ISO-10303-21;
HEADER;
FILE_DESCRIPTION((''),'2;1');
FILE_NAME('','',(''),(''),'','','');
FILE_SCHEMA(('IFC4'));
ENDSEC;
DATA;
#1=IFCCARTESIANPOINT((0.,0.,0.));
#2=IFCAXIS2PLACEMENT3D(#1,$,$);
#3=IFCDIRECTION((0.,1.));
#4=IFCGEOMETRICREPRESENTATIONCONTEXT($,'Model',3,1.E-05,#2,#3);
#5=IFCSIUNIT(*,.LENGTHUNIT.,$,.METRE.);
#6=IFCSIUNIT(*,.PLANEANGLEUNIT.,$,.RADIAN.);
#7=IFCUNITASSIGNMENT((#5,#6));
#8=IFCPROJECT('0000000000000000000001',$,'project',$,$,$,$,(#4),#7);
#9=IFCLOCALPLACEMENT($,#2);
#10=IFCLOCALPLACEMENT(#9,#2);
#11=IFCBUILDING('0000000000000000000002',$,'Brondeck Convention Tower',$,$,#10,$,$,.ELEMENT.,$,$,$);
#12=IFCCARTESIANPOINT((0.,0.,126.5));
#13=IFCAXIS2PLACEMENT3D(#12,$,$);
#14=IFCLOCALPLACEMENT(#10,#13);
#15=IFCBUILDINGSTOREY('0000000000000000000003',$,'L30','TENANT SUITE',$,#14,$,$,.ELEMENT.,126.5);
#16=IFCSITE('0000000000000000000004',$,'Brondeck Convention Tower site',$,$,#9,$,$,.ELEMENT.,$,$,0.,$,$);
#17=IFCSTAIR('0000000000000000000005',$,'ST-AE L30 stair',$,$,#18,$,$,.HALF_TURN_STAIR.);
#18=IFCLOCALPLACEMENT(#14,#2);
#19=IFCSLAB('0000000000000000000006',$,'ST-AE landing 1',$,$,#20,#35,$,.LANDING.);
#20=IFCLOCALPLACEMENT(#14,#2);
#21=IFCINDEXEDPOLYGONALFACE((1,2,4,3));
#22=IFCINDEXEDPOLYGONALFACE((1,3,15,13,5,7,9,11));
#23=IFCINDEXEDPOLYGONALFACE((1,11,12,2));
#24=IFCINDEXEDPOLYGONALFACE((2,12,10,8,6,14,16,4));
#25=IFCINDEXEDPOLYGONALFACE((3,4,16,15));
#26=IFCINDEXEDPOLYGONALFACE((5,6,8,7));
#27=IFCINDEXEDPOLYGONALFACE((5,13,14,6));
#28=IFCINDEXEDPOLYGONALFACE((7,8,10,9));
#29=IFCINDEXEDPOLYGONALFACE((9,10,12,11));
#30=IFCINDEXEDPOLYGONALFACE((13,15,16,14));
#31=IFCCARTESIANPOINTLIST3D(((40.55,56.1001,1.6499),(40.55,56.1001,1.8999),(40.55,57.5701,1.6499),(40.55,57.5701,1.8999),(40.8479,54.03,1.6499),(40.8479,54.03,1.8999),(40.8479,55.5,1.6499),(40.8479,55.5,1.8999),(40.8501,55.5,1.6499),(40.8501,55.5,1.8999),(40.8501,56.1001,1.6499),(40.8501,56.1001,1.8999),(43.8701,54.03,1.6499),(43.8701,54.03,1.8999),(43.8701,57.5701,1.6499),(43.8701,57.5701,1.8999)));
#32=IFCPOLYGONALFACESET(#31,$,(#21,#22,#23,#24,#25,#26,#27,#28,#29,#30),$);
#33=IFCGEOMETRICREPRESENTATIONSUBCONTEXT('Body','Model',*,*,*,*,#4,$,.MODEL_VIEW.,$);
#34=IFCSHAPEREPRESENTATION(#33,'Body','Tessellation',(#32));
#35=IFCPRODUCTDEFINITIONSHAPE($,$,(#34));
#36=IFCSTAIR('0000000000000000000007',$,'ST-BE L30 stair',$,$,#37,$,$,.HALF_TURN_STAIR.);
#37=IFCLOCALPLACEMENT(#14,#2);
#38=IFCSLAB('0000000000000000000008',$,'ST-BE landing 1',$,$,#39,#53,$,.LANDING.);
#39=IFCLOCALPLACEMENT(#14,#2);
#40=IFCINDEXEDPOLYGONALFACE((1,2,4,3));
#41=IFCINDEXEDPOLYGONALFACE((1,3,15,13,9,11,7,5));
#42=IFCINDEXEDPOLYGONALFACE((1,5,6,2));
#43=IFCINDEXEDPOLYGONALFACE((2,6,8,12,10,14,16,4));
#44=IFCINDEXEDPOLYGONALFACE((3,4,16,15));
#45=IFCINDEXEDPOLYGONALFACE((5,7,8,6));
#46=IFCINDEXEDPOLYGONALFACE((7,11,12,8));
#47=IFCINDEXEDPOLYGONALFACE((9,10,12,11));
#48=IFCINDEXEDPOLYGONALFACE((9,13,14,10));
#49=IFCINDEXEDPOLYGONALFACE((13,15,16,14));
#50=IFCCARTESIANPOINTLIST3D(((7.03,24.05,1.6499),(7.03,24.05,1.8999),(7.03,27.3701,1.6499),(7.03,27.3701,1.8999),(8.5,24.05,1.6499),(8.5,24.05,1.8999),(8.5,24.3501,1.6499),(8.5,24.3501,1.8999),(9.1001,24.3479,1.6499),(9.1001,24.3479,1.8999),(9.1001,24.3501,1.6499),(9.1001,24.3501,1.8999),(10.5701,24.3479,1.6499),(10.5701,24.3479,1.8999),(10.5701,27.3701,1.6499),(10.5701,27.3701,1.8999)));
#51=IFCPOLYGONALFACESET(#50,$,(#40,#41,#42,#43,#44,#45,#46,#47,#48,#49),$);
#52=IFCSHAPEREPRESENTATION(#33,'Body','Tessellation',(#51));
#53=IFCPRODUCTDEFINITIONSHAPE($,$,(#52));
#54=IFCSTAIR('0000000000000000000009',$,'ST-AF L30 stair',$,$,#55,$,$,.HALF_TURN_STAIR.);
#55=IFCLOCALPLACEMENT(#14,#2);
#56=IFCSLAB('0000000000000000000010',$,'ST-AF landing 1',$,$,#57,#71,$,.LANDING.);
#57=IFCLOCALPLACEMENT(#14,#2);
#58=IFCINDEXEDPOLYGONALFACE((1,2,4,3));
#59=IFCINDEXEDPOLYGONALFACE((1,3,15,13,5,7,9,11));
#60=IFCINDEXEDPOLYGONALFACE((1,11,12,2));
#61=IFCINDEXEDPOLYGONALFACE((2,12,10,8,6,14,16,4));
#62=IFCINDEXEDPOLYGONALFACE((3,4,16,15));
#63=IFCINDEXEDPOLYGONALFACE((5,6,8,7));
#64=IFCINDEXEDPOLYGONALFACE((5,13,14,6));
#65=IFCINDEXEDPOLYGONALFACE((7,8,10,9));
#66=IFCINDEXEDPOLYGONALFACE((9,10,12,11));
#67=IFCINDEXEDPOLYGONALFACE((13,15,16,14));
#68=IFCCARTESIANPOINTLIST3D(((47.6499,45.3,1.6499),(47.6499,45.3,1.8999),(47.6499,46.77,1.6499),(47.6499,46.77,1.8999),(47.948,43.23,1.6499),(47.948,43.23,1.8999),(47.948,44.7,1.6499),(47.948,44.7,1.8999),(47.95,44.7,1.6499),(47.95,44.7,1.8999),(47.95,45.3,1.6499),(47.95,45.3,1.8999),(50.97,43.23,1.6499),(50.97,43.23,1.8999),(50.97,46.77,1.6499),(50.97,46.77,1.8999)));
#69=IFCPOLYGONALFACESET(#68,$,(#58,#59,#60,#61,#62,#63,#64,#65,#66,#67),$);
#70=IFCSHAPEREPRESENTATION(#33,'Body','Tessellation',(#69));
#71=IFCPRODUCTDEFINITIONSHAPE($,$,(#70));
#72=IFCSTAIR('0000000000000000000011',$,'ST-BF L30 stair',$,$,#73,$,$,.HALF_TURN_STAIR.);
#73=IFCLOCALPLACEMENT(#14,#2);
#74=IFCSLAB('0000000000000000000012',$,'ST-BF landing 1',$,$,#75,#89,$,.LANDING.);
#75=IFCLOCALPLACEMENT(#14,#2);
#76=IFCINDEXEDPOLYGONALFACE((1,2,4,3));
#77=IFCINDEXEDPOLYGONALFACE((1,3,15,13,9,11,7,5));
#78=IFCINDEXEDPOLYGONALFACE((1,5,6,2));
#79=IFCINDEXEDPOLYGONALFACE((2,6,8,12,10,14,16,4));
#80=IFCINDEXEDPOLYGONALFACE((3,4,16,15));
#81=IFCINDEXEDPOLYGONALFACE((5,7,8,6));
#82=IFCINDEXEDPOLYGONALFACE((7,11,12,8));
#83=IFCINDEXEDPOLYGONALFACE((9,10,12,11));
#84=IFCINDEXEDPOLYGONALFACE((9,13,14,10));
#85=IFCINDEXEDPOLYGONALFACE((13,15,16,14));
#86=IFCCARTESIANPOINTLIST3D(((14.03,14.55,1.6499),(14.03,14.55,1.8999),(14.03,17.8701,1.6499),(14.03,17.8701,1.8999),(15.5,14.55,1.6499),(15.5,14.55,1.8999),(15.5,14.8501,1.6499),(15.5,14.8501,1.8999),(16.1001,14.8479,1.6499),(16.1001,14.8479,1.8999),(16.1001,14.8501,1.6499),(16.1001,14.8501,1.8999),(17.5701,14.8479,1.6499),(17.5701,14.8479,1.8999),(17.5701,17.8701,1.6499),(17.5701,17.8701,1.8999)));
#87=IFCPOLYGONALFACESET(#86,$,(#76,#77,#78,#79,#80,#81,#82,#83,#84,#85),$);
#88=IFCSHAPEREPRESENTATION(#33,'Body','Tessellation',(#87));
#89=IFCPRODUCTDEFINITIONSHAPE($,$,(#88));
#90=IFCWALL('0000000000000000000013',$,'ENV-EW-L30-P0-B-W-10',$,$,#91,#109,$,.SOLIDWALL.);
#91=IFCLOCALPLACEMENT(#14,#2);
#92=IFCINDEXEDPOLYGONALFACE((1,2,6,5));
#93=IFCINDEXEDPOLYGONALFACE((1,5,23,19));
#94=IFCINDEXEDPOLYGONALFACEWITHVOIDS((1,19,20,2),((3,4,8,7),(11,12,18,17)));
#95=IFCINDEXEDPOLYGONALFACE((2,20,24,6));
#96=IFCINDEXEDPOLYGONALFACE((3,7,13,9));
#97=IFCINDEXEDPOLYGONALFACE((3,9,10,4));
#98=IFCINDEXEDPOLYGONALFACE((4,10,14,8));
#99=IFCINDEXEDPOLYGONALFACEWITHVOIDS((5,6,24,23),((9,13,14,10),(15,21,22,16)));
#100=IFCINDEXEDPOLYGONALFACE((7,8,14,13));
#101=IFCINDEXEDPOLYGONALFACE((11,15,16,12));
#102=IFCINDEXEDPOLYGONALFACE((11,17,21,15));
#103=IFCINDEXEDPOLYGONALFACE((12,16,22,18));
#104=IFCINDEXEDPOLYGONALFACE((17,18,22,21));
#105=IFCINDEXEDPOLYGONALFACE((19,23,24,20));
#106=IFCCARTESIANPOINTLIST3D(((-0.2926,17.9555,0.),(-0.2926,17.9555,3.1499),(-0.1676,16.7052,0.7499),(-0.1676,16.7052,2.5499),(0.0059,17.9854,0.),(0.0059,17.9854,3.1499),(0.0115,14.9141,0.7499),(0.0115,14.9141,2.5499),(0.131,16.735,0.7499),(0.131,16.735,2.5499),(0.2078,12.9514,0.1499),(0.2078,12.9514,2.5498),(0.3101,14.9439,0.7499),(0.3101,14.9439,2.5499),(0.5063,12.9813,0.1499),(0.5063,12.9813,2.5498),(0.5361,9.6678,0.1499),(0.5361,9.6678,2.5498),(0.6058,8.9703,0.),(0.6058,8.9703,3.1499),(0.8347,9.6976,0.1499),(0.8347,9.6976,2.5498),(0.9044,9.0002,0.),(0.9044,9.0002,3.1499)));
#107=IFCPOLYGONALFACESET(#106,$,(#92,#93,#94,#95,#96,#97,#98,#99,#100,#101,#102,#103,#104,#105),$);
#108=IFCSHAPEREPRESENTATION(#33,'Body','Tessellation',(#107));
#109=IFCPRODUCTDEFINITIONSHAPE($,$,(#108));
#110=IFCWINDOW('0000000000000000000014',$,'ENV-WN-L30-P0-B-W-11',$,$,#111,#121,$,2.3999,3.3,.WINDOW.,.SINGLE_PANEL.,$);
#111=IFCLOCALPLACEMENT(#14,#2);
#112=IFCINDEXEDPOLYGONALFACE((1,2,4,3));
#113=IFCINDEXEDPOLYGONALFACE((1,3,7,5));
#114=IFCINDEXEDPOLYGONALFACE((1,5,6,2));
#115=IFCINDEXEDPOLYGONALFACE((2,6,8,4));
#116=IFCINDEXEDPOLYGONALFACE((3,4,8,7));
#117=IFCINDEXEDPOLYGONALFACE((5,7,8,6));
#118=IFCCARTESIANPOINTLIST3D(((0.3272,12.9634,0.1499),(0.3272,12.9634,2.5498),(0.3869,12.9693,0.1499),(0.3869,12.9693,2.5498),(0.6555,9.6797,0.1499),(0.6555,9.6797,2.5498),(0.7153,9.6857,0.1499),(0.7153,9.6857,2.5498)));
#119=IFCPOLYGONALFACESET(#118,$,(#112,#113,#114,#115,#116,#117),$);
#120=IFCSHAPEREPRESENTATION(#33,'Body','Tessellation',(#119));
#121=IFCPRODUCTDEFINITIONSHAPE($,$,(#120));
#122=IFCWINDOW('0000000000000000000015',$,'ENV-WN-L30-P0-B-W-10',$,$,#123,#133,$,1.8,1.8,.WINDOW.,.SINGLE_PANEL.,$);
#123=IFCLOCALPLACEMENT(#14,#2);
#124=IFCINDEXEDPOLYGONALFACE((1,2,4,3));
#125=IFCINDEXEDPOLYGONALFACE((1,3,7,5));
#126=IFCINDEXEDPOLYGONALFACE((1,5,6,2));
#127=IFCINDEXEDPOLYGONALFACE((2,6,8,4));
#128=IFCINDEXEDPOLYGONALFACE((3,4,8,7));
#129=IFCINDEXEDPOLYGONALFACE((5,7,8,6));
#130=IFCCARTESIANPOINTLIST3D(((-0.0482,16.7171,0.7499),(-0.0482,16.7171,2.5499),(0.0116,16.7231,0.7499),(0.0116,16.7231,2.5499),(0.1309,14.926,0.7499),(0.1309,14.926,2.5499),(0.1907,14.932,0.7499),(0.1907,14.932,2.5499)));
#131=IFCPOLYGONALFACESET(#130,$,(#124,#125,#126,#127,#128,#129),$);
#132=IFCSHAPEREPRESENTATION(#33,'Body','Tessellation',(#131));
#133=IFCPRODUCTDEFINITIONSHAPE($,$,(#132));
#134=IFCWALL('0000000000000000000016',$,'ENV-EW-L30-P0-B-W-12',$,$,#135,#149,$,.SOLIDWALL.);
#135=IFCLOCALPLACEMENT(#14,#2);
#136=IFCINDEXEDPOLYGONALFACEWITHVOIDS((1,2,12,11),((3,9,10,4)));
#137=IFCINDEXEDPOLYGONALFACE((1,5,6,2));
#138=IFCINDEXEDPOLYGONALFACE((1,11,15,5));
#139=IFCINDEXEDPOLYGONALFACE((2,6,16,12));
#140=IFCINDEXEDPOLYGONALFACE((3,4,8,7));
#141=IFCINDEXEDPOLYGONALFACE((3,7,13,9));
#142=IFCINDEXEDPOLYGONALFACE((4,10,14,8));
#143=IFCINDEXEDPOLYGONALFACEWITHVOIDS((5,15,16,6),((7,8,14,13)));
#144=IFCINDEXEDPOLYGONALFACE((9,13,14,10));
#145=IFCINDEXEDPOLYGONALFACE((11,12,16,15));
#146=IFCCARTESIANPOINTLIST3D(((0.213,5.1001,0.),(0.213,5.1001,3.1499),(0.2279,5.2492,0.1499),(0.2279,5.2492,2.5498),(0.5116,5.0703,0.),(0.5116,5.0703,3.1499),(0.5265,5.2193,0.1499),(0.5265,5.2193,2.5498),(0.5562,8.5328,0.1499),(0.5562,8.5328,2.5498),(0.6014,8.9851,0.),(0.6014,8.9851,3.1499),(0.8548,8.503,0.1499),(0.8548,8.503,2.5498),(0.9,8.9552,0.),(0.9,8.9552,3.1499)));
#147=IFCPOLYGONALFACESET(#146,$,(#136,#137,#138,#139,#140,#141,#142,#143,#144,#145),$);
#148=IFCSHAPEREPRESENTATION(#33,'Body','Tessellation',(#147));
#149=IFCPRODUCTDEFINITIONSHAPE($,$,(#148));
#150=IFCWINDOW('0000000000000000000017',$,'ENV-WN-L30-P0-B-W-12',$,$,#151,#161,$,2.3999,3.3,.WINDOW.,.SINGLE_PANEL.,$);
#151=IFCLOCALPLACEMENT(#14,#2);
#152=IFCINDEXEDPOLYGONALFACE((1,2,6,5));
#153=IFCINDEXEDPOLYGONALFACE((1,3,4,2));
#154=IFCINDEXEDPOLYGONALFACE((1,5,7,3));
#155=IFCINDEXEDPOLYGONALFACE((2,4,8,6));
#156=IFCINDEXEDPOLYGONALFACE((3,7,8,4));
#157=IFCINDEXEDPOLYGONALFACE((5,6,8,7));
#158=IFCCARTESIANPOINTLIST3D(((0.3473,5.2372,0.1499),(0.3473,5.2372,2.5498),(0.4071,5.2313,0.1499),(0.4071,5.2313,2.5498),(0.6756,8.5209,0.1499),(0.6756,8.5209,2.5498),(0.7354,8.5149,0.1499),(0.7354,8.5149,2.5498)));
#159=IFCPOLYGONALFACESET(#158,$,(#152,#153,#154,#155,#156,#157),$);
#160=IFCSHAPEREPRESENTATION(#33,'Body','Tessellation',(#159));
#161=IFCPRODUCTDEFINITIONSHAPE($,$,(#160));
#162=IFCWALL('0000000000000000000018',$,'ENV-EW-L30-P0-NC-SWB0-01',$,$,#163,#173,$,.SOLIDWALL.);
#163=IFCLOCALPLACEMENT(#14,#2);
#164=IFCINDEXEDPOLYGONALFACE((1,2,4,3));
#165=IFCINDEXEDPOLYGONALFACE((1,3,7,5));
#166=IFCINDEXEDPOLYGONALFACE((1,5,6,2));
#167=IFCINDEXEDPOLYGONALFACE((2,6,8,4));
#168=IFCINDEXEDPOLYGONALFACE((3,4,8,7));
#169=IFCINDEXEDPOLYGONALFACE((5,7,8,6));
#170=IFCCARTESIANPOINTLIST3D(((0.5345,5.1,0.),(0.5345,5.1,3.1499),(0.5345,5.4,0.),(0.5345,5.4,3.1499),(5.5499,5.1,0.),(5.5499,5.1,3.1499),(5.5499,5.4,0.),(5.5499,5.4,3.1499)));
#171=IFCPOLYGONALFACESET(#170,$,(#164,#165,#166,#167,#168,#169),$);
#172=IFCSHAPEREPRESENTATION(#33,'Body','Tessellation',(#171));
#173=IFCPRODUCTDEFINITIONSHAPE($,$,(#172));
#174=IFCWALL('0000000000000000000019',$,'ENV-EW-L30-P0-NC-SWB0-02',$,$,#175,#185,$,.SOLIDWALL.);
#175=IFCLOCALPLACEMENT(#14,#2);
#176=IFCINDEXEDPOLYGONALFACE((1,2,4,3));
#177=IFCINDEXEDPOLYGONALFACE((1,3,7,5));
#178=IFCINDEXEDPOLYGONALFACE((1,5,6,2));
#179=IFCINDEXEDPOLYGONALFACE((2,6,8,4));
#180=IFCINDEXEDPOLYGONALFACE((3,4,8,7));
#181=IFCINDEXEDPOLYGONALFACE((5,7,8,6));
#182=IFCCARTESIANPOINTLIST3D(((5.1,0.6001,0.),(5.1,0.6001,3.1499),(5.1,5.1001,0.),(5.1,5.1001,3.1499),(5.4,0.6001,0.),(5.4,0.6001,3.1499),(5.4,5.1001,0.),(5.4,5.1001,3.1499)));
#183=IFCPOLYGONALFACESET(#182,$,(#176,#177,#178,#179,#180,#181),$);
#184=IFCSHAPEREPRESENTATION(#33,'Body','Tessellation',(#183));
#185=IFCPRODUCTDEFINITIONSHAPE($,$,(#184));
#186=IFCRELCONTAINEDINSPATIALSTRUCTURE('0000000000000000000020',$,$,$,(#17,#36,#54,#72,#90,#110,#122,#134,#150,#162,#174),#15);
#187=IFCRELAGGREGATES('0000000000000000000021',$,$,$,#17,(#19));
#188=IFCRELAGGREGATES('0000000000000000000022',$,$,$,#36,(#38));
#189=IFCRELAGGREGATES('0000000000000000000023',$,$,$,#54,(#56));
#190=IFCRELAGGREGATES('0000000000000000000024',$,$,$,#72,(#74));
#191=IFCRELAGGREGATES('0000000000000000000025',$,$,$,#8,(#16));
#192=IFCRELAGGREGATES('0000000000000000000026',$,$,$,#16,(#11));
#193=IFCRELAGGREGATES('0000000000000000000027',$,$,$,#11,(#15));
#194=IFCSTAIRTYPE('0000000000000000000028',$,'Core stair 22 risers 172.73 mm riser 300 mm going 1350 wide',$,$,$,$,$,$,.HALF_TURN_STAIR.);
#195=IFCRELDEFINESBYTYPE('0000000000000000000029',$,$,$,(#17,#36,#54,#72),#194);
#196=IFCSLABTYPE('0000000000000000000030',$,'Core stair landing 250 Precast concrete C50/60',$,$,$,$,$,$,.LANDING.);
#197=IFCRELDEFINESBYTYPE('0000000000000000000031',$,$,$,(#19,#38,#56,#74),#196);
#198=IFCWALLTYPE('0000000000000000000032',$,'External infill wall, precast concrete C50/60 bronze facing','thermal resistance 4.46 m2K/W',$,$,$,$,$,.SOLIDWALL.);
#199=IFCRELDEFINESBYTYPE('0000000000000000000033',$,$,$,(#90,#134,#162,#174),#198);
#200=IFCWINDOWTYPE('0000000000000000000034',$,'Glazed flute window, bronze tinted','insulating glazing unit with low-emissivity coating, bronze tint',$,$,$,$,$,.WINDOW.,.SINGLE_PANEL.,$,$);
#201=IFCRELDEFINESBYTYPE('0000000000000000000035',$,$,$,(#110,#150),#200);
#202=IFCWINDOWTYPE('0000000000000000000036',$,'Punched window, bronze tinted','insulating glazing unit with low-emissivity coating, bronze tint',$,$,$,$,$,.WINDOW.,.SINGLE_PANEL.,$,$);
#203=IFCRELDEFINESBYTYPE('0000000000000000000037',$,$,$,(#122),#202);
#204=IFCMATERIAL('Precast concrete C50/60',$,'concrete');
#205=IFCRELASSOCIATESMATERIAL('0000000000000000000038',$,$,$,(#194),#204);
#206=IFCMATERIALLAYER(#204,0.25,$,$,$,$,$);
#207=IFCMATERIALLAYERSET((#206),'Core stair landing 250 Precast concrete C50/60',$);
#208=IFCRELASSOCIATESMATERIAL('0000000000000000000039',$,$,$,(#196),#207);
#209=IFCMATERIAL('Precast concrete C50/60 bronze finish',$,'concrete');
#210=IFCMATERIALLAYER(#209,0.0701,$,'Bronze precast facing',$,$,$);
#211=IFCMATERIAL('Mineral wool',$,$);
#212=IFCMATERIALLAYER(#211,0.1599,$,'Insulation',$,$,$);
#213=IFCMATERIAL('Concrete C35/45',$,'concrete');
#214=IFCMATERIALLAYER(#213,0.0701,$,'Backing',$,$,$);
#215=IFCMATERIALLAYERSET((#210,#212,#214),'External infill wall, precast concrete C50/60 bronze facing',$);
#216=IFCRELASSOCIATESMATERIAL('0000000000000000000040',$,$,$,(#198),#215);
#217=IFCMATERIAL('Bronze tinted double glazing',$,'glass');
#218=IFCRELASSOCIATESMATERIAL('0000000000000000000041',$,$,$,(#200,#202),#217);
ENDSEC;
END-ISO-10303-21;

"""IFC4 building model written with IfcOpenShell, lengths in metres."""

from ifc_helpers import new_model, si_unit, direction, frame, frame_2d, origin, place, context, subcontext, project, spatial, polyline, rectangle, outline, extrude, material, layer, layer_set, type_object, element, fill, aggregate, save


model = new_model("IFC4")

# Units and contexts
model_context = context("Model", 3, precision=1e-05, world=origin(), true_north=direction((0.0, 1.0)))
body_context = subcontext(model_context, "Body", "Model", "MODEL_VIEW")
ifc_project = project(units=[si_unit("LENGTHUNIT", "METRE"), si_unit("PLANEANGLEUNIT", "RADIAN")], contexts=[model_context])

# Site, building, storey
site_placement = place(None, origin())
site = spatial("IfcSite", under=ifc_project, at=site_placement, Name="Brondeck Convention Tower site", CompositionType="ELEMENT", RefElevation=0.0)
building_placement = place(site_placement, origin())
building = spatial("IfcBuilding", under=site, at=building_placement, Name="Brondeck Convention Tower", CompositionType="ELEMENT")
storey_placement = place(building_placement, frame((0.0, 0.0, 126.5)))
storey = spatial("IfcBuildingStorey", under=building, at=storey_placement, Name="L30", Description="TENANT SUITE", CompositionType="ELEMENT", Elevation=126.5)

# Shared definitions
ifc_material_1 = material(Name="Concrete C35/45", Category="concrete")

# Stairs, slabs
ifc_material_2 = material(Name="Precast concrete C50/60", Category="concrete")
stair_type = type_object("IfcStairType", Name="Core stair 22 risers 172.73 mm riser 300 mm going 1350 wide", PredefinedType="HALF_TURN_STAIR", material=ifc_material_2)
ifc_layer_1 = layer(ifc_material_2, 0.25)
ifc_layer_set_1 = layer_set([ifc_layer_1], Name="Core stair landing 250 Precast concrete C50/60")
slab_type_1 = type_object("IfcSlabType", Name="Core stair landing 250 Precast concrete C50/60", PredefinedType="LANDING", material=ifc_layer_set_1)
stair_1_placement = place(storey_placement, origin())
stair_1 = element("IfcStair", 1, at=stair_1_placement, inside=storey, type_object=stair_type, Name="ST-AE L30 stair", PredefinedType="HALF_TURN_STAIR")
slab_1_placement = place(storey_placement, frame((0.0, 0.0, 1.6499)))
slab_1 = element("IfcSlab", 2, at=slab_1_placement, type_object=slab_type_1, Name="ST-AE landing 1", PredefinedType="LANDING", context=body_context, shape_type="SweptSolid", body=[
    extrude(outline(polyline([(40.8479, 55.5), (40.8501, 55.5), (40.8501, 56.1001), (40.55, 56.1001), (40.55, 57.5701), (43.8701, 57.5701), (43.8701, 54.03), (40.8479, 54.03), (40.8479, 55.5)])), origin(), (0.0, 0.0, 1.0), 0.25),
])
aggregate(stair_1, [slab_1])
stair_2_placement = place(storey_placement, origin())
stair_2 = element("IfcStair", 3, at=stair_2_placement, inside=storey, type_object=stair_type, Name="ST-BE L30 stair", PredefinedType="HALF_TURN_STAIR")
slab_2_placement = place(storey_placement, frame((0.0, 0.0, 1.6499)))
slab_2 = element("IfcSlab", 4, at=slab_2_placement, type_object=slab_type_1, Name="ST-BE landing 1", PredefinedType="LANDING", context=body_context, shape_type="SweptSolid", body=[
    extrude(outline(polyline([(7.03, 24.05), (7.03, 27.3701), (10.5701, 27.3701), (10.5701, 24.3479), (9.1001, 24.3479), (9.1001, 24.3501), (8.5, 24.3501), (8.5, 24.05), (7.03, 24.05)])), origin(), (0.0, 0.0, 1.0), 0.25),
])
aggregate(stair_2, [slab_2])
stair_3_placement = place(storey_placement, origin())
stair_3 = element("IfcStair", 5, at=stair_3_placement, inside=storey, type_object=stair_type, Name="ST-AF L30 stair", PredefinedType="HALF_TURN_STAIR")
slab_3_placement = place(storey_placement, frame((0.0, 0.0, 1.6499)))
slab_3 = element("IfcSlab", 6, at=slab_3_placement, type_object=slab_type_1, Name="ST-AF landing 1", PredefinedType="LANDING", context=body_context, shape_type="SweptSolid", body=[
    extrude(outline(polyline([(47.948, 44.7), (47.95, 44.7), (47.95, 45.3), (47.6499, 45.3), (47.6499, 46.77), (50.97, 46.77), (50.97, 43.23), (47.948, 43.23), (47.948, 44.7)])), origin(), (0.0, 0.0, 1.0), 0.25),
])
aggregate(stair_3, [slab_3])
stair_4_placement = place(storey_placement, origin())
stair_4 = element("IfcStair", 7, at=stair_4_placement, inside=storey, type_object=stair_type, Name="ST-BF L30 stair", PredefinedType="HALF_TURN_STAIR")
slab_4_placement = place(storey_placement, frame((0.0, 0.0, 1.6499)))
slab_4 = element("IfcSlab", 8, at=slab_4_placement, type_object=slab_type_1, Name="ST-BF landing 1", PredefinedType="LANDING", context=body_context, shape_type="SweptSolid", body=[
    extrude(outline(polyline([(14.03, 14.55), (14.03, 17.8701), (17.5701, 17.8701), (17.5701, 14.8479), (16.1001, 14.8479), (16.1001, 14.8501), (15.5, 14.8501), (15.5, 14.55), (14.03, 14.55)])), origin(), (0.0, 0.0, 1.0), 0.25),
])
aggregate(stair_4, [slab_4])

# Wall, openings, windows
ifc_material_3 = material(Name="Precast concrete C50/60 bronze finish", Category="concrete")
ifc_layer_2 = layer(ifc_material_3, 0.0701, Name="Bronze precast facing")
ifc_material_4 = material(Name="Mineral wool")
ifc_layer_3 = layer(ifc_material_4, 0.1599, Name="Insulation")
ifc_layer_4 = layer(ifc_material_1, 0.0701, Name="Backing")
ifc_layer_set_2 = layer_set([ifc_layer_2, ifc_layer_3, ifc_layer_4], Name="External infill wall, precast concrete C50/60 bronze facing")
wall_type = type_object("IfcWallType", Name="External infill wall, precast concrete C50/60 bronze facing", Description="thermal resistance 4.46 m2K/W", PredefinedType="SOLIDWALL", material=ifc_layer_set_2)
wall_1_placement = place(storey_placement, frame((0.7551, 8.9851, 0.0), z_axis=(0.0, 0.0, 1.0), x_axis=(-0.099496, 0.995038, 0.0)))
wall_1 = element("IfcWall", 9, at=wall_1_placement, inside=storey, type_object=wall_type, Name="ENV-EW-L30-P0-B-W-10", PredefinedType="SOLIDWALL", context=body_context, shape_type="SweptSolid", body=[
    extrude(rectangle(XDim=9.03, YDim=0.3, at=frame_2d((4.5151, 0.0))), origin(), (0.0, 0.0, 1.0), 3.1499),
])
opening_1_placement = place(wall_1_placement, frame((0.7012, 0.0, 0.1499)))
opening_1 = element("IfcOpeningElement", 10, at=opening_1_placement, cuts=wall_1, PredefinedType="OPENING", context=body_context, shape_type="SweptSolid", body=[
    extrude(rectangle(XDim=3.3, YDim=2.3999, at=frame_2d((1.6499, 1.2))), frame((0.0, 0.1599, 0.0), z_axis=(0.0, -1.0, 0.0), x_axis=(1.0, 0.0, 0.0)), (0.0, 0.0, 1.0), 0.3201),
])
opening_2_placement = place(wall_1_placement, frame((5.9736, 0.0, 0.75)))
opening_2 = element("IfcOpeningElement", 11, at=opening_2_placement, cuts=wall_1, PredefinedType="OPENING", context=body_context, shape_type="SweptSolid", body=[
    extrude(rectangle(XDim=1.8, YDim=1.8, at=frame_2d((0.8999, 0.8999))), frame((0.0, 0.1599, 0.0), z_axis=(0.0, -1.0, 0.0), x_axis=(1.0, 0.0, 0.0)), (0.0, 0.0, 1.0), 0.3201),
])
ifc_material_5 = material(Name="Bronze tinted double glazing", Category="glass")
window_type_1 = type_object("IfcWindowType", Name="Glazed flute window, bronze tinted", Description="insulating glazing unit with low-emissivity coating, bronze tint", PartitioningType="SINGLE_PANEL", PredefinedType="WINDOW", material=ifc_material_5)
window_1_placement = place(opening_1_placement, origin())
window_1 = element("IfcWindow", 12, at=window_1_placement, inside=storey, type_object=window_type_1, Name="ENV-WN-L30-P0-B-W-11", OverallHeight=2.3999, OverallWidth=3.3, PartitioningType="SINGLE_PANEL", PredefinedType="WINDOW", context=body_context, shape_type="SweptSolid", body=[
    extrude(rectangle(XDim=3.3, YDim=2.3999, at=frame_2d((1.6499, 1.2))), frame((0.0, 0.03, 0.0), z_axis=(0.0, -1.0, 0.0), x_axis=(1.0, 0.0, 0.0)), (0.0, 0.0, 1.0), 0.0601),
])
fill(opening_1, window_1)
window_type_2 = type_object("IfcWindowType", Name="Punched window, bronze tinted", Description="insulating glazing unit with low-emissivity coating, bronze tint", PartitioningType="SINGLE_PANEL", PredefinedType="WINDOW", material=ifc_material_5)
window_2_placement = place(opening_2_placement, origin())
window_2 = element("IfcWindow", 13, at=window_2_placement, inside=storey, type_object=window_type_2, Name="ENV-WN-L30-P0-B-W-10", OverallHeight=1.8, OverallWidth=1.8, PartitioningType="SINGLE_PANEL", PredefinedType="WINDOW", context=body_context, shape_type="SweptSolid", body=[
    extrude(rectangle(XDim=1.8, YDim=1.8, at=frame_2d((0.8999, 0.8999))), frame((0.0, 0.03, 0.0), z_axis=(0.0, -1.0, 0.0), x_axis=(1.0, 0.0, 0.0)), (0.0, 0.0, 1.0), 0.0601),
])
fill(opening_2, window_2)

# Wall, opening, window
wall_2_placement = place(storey_placement, frame((0.3623, 5.0852, 0.0), z_axis=(0.0, 0.0, 1.0), x_axis=(0.099485, 0.995039, 0.0)))
wall_2 = element("IfcWall", 14, at=wall_2_placement, inside=storey, type_object=wall_type, Name="ENV-EW-L30-P0-B-W-12", PredefinedType="SOLIDWALL", context=body_context, shape_type="SweptSolid", body=[
    extrude(rectangle(XDim=3.9043, YDim=0.3, at=frame_2d((1.9521, 0.0))), origin(), (0.0, 0.0, 1.0), 3.1499),
])
opening_3_placement = place(wall_2_placement, frame((0.1499, 0.0, 0.1499)))
opening_3 = element("IfcOpeningElement", 15, at=opening_3_placement, cuts=wall_2, PredefinedType="OPENING", context=body_context, shape_type="SweptSolid", body=[
    extrude(rectangle(XDim=3.3, YDim=2.3999, at=frame_2d((1.6499, 1.2))), frame((0.0, 0.1599, 0.0), z_axis=(0.0, -1.0, 0.0), x_axis=(1.0, 0.0, 0.0)), (0.0, 0.0, 1.0), 0.3201),
])
window_3_placement = place(opening_3_placement, origin())
window_3 = element("IfcWindow", 16, at=window_3_placement, inside=storey, type_object=window_type_1, Name="ENV-WN-L30-P0-B-W-12", OverallHeight=2.3999, OverallWidth=3.3, PartitioningType="SINGLE_PANEL", PredefinedType="WINDOW", context=body_context, shape_type="SweptSolid", body=[
    extrude(rectangle(XDim=3.3, YDim=2.3999, at=frame_2d((1.6499, 1.2))), frame((0.0, 0.03, 0.0), z_axis=(0.0, -1.0, 0.0), x_axis=(1.0, 0.0, 0.0)), (0.0, 0.0, 1.0), 0.0601),
])
fill(opening_3, window_3)

# Walls
wall_3_placement = place(storey_placement, frame((5.55, 5.25, 0.0), z_axis=(0.0, 0.0, 1.0), x_axis=(-1.0, 0.0, 0.0)))
element("IfcWall", 17, at=wall_3_placement, inside=storey, type_object=wall_type, Name="ENV-EW-L30-P0-NC-SWB0-01", PredefinedType="SOLIDWALL", context=body_context, shape_type="SweptSolid", body=[
    extrude(rectangle(XDim=5.0154, YDim=0.3, at=frame_2d((2.5078, 0.0))), origin(), (0.0, 0.0, 1.0), 3.1499),
])
wall_4_placement = place(storey_placement, frame((5.25, 0.6001, 0.0), z_axis=(0.0, 0.0, 1.0), x_axis=(0.0, 1.0, 0.0)))
element("IfcWall", 18, at=wall_4_placement, inside=storey, type_object=wall_type, Name="ENV-EW-L30-P0-NC-SWB0-02", PredefinedType="SOLIDWALL", context=body_context, shape_type="SweptSolid", body=[
    extrude(rectangle(XDim=4.5, YDim=0.3, at=frame_2d((2.25, 0.0))), origin(), (0.0, 0.0, 1.0), 3.1499),
])

save(model, "model.ifc")
